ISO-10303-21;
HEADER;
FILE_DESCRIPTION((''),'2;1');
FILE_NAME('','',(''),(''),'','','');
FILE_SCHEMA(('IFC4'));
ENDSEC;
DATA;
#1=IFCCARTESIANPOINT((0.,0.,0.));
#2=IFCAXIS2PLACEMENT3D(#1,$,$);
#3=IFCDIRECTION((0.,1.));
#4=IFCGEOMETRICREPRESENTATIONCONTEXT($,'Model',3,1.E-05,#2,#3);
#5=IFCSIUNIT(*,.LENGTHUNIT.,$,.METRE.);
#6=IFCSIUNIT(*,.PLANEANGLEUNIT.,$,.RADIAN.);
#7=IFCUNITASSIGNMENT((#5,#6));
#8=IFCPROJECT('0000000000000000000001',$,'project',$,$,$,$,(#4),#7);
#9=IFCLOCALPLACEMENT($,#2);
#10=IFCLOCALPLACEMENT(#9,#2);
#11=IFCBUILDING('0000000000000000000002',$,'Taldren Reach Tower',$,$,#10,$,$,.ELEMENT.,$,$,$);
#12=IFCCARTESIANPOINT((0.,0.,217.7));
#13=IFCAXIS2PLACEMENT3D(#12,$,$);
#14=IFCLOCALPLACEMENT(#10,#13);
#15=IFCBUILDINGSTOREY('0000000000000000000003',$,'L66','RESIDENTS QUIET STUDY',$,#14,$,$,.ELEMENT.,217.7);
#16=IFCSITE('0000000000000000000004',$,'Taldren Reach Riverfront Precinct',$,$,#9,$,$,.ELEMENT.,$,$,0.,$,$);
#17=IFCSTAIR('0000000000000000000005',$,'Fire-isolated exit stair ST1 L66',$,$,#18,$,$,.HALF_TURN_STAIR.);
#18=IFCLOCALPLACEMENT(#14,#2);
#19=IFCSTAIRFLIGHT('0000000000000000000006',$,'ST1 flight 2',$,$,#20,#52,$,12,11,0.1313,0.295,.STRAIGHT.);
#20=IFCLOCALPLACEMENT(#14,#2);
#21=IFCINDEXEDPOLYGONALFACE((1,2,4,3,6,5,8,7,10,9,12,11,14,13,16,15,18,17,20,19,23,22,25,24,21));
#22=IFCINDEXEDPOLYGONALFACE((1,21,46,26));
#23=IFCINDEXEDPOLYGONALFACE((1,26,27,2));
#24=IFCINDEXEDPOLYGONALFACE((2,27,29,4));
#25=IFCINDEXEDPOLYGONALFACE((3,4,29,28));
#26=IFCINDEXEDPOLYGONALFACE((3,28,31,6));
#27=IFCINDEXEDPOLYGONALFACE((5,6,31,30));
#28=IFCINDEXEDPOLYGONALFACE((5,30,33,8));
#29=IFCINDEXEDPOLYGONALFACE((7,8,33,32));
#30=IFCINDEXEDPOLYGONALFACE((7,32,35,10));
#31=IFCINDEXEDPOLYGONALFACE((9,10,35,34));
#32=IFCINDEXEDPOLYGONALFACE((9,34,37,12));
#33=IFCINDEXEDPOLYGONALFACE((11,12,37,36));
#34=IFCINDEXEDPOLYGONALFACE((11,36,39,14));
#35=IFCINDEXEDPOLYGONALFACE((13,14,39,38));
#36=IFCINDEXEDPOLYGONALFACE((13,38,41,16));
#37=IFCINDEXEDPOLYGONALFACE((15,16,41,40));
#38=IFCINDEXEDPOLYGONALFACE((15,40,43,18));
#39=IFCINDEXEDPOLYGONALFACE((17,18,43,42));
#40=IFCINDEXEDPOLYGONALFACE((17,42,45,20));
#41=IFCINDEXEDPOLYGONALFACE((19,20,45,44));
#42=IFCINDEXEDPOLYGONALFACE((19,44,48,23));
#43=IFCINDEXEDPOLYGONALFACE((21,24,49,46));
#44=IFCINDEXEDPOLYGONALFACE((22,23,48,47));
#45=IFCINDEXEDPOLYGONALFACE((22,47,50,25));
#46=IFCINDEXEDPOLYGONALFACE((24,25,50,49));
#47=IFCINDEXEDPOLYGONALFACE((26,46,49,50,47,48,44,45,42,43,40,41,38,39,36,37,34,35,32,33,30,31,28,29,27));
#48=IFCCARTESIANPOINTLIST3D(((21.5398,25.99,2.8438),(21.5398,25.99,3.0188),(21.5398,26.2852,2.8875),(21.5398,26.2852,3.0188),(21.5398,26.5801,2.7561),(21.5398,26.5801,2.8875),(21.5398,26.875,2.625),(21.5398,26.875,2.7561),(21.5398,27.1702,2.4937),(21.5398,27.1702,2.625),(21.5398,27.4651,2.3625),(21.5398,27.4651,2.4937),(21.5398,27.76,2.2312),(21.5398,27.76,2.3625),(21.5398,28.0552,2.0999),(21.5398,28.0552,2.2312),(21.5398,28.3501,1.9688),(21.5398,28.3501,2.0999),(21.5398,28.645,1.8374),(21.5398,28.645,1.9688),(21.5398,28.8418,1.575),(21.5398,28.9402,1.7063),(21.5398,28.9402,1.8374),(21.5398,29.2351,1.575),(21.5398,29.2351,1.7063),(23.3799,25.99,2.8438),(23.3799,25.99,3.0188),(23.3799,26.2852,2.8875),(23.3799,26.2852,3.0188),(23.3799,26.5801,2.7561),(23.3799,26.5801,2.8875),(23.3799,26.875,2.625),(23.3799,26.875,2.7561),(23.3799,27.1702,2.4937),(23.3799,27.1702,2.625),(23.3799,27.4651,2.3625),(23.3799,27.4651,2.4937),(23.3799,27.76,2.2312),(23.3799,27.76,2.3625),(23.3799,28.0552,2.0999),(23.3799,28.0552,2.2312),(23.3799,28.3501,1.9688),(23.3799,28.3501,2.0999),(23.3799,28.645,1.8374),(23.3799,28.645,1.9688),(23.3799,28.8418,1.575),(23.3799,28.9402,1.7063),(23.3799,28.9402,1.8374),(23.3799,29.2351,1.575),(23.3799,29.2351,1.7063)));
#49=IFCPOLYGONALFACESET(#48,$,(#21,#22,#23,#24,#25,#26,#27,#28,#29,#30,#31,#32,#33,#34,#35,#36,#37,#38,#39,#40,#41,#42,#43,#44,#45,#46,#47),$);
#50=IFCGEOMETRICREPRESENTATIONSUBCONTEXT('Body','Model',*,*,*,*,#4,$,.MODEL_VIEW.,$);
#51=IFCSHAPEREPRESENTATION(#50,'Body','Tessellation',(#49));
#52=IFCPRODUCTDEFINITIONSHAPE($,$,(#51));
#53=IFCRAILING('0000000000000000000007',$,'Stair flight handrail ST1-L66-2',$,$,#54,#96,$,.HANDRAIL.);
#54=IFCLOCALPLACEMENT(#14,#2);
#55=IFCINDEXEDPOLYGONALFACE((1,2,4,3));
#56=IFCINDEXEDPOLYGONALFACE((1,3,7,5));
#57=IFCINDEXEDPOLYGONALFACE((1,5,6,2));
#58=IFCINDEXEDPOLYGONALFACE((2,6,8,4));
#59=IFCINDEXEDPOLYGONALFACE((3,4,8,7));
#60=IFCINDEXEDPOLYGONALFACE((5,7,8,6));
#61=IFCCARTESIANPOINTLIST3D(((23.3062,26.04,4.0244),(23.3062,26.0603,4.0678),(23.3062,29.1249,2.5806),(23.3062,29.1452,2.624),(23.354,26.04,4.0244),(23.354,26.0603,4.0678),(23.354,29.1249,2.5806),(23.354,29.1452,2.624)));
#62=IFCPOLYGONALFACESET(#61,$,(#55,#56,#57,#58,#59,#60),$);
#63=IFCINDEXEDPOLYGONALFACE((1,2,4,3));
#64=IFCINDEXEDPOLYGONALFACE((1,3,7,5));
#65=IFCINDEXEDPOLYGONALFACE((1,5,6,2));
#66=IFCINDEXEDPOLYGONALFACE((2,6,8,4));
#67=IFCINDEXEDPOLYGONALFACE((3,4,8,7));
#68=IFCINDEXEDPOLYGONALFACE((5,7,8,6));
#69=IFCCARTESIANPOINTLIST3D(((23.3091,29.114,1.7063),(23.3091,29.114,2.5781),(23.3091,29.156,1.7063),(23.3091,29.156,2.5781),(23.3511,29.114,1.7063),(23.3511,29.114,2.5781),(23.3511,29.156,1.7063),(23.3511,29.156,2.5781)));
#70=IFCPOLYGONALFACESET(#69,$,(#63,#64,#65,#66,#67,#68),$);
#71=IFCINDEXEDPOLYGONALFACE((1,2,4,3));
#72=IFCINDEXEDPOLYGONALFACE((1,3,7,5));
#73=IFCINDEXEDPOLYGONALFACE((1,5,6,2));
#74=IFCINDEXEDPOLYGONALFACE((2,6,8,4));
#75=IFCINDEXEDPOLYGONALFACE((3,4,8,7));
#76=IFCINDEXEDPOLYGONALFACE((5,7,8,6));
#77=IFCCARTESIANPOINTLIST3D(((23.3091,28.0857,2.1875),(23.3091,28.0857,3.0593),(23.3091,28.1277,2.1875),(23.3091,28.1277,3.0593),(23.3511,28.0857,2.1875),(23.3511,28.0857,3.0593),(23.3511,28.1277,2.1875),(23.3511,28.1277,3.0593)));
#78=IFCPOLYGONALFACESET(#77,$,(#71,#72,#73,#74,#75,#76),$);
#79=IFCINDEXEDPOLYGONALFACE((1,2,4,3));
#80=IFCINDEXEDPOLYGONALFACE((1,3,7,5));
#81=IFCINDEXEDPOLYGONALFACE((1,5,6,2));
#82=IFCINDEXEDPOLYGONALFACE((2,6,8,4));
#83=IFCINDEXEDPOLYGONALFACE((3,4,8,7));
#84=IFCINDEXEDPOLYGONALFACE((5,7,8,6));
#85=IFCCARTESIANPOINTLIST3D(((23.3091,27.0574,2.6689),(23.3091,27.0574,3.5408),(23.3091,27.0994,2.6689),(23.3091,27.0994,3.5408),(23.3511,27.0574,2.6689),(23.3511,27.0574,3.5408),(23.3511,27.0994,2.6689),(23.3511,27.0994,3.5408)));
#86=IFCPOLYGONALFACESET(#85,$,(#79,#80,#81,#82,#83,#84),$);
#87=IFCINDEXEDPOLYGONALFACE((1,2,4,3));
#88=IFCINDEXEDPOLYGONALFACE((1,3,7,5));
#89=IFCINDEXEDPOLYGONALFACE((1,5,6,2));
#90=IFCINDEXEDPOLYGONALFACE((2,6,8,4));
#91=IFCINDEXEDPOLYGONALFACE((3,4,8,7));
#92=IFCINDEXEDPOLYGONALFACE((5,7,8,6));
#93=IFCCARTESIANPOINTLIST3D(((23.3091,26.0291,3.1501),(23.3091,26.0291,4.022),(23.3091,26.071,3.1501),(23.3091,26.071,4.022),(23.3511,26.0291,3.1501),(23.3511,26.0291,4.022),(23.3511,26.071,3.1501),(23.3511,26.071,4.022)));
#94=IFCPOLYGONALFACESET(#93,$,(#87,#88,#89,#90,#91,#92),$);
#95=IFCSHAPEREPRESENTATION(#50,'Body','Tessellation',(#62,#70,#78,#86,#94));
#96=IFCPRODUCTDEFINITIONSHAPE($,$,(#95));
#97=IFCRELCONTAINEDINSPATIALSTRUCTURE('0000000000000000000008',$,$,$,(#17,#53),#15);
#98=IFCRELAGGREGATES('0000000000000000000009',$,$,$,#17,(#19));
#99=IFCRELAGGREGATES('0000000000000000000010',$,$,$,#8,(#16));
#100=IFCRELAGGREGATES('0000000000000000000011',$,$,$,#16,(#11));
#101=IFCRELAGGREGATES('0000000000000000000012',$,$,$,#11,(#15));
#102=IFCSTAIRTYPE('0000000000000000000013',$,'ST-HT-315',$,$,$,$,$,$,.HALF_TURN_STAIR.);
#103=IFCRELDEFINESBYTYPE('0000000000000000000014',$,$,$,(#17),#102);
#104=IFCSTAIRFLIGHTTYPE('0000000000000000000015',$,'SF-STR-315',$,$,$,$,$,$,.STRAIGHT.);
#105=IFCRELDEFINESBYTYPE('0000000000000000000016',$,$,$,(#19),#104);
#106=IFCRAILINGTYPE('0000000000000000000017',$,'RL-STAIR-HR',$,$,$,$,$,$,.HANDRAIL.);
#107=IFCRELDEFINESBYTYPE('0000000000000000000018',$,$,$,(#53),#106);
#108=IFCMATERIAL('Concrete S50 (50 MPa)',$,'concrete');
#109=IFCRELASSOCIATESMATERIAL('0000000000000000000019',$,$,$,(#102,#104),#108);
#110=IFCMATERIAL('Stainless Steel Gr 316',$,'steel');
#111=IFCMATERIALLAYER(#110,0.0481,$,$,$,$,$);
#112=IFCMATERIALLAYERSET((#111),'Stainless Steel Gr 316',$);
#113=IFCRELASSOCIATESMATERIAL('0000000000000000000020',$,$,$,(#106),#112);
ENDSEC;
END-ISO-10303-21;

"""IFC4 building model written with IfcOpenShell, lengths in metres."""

from ifc_helpers import new_model, si_unit, direction, frame, origin, origin_2d, place, context, subcontext, project, spatial, polyline, rectangle, outline, extrude, material, layer, layer_set, type_object, element, aggregate, save


model = new_model("IFC4")

# Units and contexts
model_context = context("Model", 3, precision=1e-05, world=origin(), true_north=direction((0.0, 1.0)))
body_context = subcontext(model_context, "Body", "Model", "MODEL_VIEW")
ifc_project = project(units=[si_unit("LENGTHUNIT", "METRE"), si_unit("PLANEANGLEUNIT", "RADIAN")], contexts=[model_context])

# Site, building, storey
site_placement = place(None, origin())
site = spatial("IfcSite", under=ifc_project, at=site_placement, Name="Taldren Reach Riverfront Precinct", CompositionType="ELEMENT", RefElevation=0.0)
building_placement = place(site_placement, origin())
building = spatial("IfcBuilding", under=site, at=building_placement, Name="Taldren Reach Tower", CompositionType="ELEMENT")
storey_placement = place(building_placement, frame((0.0, 0.0, 217.7)))
storey = spatial("IfcBuildingStorey", under=building, at=storey_placement, Name="L66", Description="RESIDENTS QUIET STUDY", CompositionType="ELEMENT", Elevation=217.7)

# Shared definitions
ifc_material_1 = material(Name="Concrete S50 (50 MPa)", Category="concrete")

# Stair, stair flight
stair_type = type_object("IfcStairType", Name="ST-HT-315", PredefinedType="HALF_TURN_STAIR", material=ifc_material_1)
stair_placement = place(storey_placement, origin())
stair = element("IfcStair", 1, at=stair_placement, inside=storey, type_object=stair_type, Name="Fire-isolated exit stair ST1 L66", PredefinedType="HALF_TURN_STAIR")
stair_flight_type = type_object("IfcStairFlightType", Name="SF-STR-315", PredefinedType="STRAIGHT", material=ifc_material_1)
stair_flight_placement = place(storey_placement, frame((22.46, 29.2351, 1.575), z_axis=(0.0, 0.0, 1.0), x_axis=(0.0, -1.0, 0.0)))
stair_flight = element("IfcStairFlight", 2, at=stair_flight_placement, type_object=stair_flight_type, Name="ST1 flight 2", NumberOfRisers=12, NumberOfTreads=11, PredefinedType="STRAIGHT", RiserHeight=0.1313, TreadLength=0.295, context=body_context, shape_type="SweptSolid", body=[
    extrude(outline(polyline([(0.0, 0.0), (0.0, 0.1313), (0.2949, 0.1313), (0.2949, 0.2625), (0.5901, 0.2625), (0.5901, 0.3938), (0.885, 0.3938), (0.885, 0.5249), (1.1799, 0.5249), (1.1799, 0.6562), (1.4751, 0.6562), (1.4751, 0.7876), (1.77, 0.7876), (1.77, 0.9187), (2.0649, 0.9187), (2.0649, 1.05), (2.3601, 1.05), (2.3601, 1.1812), (2.655, 1.1812), (2.655, 1.3125), (2.95, 1.3125), (2.95, 1.4438), (3.2451, 1.4438), (3.2451, 1.575), (3.2451, 1.2688), (0.3933, 0.0), (0.0, 0.0)])), frame((0.0, 0.9199, 0.0), z_axis=(0.0, -1.0, 0.0), x_axis=(1.0, 0.0, 0.0)), (0.0, 0.0, 1.0), 1.8401),
])
aggregate(stair, [stair_flight])

# Railing
ifc_material_2 = material(Name="Stainless Steel Gr 316", Category="steel")
ifc_layer_1 = layer(ifc_material_2, 0.0481)
ifc_layer_set_1 = layer_set([ifc_layer_1], Name="Stainless Steel Gr 316")
railing_type = type_object("IfcRailingType", Name="RL-STAIR-HR", PredefinedType="HANDRAIL", material=ifc_layer_set_1)
railing_placement = place(storey_placement, frame((23.3301, 29.135, 1.7063)))
element("IfcRailing", 3, at=railing_placement, inside=storey, type_object=railing_type, Name="Stair flight handrail ST1-L66-2", PredefinedType="HANDRAIL", context=body_context, shape_type="SweptSolid", body=[
    extrude(rectangle(XDim=0.0479, YDim=0.0479, at=origin_2d()), frame((0.0, 0.0, 0.896), z_axis=(0.0, -0.90571, 0.423898), x_axis=(1.0, 0.0, 0.0)), (0.0, 0.0, 1.0), 3.406),
    extrude(rectangle(XDim=0.042, YDim=0.042, at=origin_2d()), origin(), (0.0, 0.0, 1.0), 0.8718),
    extrude(rectangle(XDim=0.042, YDim=0.042, at=origin_2d()), frame((0.0, -1.0283, 0.4812)), (0.0, 0.0, 1.0), 0.8718),
    extrude(rectangle(XDim=0.042, YDim=0.042, at=origin_2d()), frame((0.0, -2.0566, 0.9626)), (0.0, 0.0, 1.0), 0.8718),
    extrude(rectangle(XDim=0.042, YDim=0.042, at=origin_2d()), frame((0.0, -3.085, 1.4438)), (0.0, 0.0, 1.0), 0.8718),
])

save(model, "model.ifc")
